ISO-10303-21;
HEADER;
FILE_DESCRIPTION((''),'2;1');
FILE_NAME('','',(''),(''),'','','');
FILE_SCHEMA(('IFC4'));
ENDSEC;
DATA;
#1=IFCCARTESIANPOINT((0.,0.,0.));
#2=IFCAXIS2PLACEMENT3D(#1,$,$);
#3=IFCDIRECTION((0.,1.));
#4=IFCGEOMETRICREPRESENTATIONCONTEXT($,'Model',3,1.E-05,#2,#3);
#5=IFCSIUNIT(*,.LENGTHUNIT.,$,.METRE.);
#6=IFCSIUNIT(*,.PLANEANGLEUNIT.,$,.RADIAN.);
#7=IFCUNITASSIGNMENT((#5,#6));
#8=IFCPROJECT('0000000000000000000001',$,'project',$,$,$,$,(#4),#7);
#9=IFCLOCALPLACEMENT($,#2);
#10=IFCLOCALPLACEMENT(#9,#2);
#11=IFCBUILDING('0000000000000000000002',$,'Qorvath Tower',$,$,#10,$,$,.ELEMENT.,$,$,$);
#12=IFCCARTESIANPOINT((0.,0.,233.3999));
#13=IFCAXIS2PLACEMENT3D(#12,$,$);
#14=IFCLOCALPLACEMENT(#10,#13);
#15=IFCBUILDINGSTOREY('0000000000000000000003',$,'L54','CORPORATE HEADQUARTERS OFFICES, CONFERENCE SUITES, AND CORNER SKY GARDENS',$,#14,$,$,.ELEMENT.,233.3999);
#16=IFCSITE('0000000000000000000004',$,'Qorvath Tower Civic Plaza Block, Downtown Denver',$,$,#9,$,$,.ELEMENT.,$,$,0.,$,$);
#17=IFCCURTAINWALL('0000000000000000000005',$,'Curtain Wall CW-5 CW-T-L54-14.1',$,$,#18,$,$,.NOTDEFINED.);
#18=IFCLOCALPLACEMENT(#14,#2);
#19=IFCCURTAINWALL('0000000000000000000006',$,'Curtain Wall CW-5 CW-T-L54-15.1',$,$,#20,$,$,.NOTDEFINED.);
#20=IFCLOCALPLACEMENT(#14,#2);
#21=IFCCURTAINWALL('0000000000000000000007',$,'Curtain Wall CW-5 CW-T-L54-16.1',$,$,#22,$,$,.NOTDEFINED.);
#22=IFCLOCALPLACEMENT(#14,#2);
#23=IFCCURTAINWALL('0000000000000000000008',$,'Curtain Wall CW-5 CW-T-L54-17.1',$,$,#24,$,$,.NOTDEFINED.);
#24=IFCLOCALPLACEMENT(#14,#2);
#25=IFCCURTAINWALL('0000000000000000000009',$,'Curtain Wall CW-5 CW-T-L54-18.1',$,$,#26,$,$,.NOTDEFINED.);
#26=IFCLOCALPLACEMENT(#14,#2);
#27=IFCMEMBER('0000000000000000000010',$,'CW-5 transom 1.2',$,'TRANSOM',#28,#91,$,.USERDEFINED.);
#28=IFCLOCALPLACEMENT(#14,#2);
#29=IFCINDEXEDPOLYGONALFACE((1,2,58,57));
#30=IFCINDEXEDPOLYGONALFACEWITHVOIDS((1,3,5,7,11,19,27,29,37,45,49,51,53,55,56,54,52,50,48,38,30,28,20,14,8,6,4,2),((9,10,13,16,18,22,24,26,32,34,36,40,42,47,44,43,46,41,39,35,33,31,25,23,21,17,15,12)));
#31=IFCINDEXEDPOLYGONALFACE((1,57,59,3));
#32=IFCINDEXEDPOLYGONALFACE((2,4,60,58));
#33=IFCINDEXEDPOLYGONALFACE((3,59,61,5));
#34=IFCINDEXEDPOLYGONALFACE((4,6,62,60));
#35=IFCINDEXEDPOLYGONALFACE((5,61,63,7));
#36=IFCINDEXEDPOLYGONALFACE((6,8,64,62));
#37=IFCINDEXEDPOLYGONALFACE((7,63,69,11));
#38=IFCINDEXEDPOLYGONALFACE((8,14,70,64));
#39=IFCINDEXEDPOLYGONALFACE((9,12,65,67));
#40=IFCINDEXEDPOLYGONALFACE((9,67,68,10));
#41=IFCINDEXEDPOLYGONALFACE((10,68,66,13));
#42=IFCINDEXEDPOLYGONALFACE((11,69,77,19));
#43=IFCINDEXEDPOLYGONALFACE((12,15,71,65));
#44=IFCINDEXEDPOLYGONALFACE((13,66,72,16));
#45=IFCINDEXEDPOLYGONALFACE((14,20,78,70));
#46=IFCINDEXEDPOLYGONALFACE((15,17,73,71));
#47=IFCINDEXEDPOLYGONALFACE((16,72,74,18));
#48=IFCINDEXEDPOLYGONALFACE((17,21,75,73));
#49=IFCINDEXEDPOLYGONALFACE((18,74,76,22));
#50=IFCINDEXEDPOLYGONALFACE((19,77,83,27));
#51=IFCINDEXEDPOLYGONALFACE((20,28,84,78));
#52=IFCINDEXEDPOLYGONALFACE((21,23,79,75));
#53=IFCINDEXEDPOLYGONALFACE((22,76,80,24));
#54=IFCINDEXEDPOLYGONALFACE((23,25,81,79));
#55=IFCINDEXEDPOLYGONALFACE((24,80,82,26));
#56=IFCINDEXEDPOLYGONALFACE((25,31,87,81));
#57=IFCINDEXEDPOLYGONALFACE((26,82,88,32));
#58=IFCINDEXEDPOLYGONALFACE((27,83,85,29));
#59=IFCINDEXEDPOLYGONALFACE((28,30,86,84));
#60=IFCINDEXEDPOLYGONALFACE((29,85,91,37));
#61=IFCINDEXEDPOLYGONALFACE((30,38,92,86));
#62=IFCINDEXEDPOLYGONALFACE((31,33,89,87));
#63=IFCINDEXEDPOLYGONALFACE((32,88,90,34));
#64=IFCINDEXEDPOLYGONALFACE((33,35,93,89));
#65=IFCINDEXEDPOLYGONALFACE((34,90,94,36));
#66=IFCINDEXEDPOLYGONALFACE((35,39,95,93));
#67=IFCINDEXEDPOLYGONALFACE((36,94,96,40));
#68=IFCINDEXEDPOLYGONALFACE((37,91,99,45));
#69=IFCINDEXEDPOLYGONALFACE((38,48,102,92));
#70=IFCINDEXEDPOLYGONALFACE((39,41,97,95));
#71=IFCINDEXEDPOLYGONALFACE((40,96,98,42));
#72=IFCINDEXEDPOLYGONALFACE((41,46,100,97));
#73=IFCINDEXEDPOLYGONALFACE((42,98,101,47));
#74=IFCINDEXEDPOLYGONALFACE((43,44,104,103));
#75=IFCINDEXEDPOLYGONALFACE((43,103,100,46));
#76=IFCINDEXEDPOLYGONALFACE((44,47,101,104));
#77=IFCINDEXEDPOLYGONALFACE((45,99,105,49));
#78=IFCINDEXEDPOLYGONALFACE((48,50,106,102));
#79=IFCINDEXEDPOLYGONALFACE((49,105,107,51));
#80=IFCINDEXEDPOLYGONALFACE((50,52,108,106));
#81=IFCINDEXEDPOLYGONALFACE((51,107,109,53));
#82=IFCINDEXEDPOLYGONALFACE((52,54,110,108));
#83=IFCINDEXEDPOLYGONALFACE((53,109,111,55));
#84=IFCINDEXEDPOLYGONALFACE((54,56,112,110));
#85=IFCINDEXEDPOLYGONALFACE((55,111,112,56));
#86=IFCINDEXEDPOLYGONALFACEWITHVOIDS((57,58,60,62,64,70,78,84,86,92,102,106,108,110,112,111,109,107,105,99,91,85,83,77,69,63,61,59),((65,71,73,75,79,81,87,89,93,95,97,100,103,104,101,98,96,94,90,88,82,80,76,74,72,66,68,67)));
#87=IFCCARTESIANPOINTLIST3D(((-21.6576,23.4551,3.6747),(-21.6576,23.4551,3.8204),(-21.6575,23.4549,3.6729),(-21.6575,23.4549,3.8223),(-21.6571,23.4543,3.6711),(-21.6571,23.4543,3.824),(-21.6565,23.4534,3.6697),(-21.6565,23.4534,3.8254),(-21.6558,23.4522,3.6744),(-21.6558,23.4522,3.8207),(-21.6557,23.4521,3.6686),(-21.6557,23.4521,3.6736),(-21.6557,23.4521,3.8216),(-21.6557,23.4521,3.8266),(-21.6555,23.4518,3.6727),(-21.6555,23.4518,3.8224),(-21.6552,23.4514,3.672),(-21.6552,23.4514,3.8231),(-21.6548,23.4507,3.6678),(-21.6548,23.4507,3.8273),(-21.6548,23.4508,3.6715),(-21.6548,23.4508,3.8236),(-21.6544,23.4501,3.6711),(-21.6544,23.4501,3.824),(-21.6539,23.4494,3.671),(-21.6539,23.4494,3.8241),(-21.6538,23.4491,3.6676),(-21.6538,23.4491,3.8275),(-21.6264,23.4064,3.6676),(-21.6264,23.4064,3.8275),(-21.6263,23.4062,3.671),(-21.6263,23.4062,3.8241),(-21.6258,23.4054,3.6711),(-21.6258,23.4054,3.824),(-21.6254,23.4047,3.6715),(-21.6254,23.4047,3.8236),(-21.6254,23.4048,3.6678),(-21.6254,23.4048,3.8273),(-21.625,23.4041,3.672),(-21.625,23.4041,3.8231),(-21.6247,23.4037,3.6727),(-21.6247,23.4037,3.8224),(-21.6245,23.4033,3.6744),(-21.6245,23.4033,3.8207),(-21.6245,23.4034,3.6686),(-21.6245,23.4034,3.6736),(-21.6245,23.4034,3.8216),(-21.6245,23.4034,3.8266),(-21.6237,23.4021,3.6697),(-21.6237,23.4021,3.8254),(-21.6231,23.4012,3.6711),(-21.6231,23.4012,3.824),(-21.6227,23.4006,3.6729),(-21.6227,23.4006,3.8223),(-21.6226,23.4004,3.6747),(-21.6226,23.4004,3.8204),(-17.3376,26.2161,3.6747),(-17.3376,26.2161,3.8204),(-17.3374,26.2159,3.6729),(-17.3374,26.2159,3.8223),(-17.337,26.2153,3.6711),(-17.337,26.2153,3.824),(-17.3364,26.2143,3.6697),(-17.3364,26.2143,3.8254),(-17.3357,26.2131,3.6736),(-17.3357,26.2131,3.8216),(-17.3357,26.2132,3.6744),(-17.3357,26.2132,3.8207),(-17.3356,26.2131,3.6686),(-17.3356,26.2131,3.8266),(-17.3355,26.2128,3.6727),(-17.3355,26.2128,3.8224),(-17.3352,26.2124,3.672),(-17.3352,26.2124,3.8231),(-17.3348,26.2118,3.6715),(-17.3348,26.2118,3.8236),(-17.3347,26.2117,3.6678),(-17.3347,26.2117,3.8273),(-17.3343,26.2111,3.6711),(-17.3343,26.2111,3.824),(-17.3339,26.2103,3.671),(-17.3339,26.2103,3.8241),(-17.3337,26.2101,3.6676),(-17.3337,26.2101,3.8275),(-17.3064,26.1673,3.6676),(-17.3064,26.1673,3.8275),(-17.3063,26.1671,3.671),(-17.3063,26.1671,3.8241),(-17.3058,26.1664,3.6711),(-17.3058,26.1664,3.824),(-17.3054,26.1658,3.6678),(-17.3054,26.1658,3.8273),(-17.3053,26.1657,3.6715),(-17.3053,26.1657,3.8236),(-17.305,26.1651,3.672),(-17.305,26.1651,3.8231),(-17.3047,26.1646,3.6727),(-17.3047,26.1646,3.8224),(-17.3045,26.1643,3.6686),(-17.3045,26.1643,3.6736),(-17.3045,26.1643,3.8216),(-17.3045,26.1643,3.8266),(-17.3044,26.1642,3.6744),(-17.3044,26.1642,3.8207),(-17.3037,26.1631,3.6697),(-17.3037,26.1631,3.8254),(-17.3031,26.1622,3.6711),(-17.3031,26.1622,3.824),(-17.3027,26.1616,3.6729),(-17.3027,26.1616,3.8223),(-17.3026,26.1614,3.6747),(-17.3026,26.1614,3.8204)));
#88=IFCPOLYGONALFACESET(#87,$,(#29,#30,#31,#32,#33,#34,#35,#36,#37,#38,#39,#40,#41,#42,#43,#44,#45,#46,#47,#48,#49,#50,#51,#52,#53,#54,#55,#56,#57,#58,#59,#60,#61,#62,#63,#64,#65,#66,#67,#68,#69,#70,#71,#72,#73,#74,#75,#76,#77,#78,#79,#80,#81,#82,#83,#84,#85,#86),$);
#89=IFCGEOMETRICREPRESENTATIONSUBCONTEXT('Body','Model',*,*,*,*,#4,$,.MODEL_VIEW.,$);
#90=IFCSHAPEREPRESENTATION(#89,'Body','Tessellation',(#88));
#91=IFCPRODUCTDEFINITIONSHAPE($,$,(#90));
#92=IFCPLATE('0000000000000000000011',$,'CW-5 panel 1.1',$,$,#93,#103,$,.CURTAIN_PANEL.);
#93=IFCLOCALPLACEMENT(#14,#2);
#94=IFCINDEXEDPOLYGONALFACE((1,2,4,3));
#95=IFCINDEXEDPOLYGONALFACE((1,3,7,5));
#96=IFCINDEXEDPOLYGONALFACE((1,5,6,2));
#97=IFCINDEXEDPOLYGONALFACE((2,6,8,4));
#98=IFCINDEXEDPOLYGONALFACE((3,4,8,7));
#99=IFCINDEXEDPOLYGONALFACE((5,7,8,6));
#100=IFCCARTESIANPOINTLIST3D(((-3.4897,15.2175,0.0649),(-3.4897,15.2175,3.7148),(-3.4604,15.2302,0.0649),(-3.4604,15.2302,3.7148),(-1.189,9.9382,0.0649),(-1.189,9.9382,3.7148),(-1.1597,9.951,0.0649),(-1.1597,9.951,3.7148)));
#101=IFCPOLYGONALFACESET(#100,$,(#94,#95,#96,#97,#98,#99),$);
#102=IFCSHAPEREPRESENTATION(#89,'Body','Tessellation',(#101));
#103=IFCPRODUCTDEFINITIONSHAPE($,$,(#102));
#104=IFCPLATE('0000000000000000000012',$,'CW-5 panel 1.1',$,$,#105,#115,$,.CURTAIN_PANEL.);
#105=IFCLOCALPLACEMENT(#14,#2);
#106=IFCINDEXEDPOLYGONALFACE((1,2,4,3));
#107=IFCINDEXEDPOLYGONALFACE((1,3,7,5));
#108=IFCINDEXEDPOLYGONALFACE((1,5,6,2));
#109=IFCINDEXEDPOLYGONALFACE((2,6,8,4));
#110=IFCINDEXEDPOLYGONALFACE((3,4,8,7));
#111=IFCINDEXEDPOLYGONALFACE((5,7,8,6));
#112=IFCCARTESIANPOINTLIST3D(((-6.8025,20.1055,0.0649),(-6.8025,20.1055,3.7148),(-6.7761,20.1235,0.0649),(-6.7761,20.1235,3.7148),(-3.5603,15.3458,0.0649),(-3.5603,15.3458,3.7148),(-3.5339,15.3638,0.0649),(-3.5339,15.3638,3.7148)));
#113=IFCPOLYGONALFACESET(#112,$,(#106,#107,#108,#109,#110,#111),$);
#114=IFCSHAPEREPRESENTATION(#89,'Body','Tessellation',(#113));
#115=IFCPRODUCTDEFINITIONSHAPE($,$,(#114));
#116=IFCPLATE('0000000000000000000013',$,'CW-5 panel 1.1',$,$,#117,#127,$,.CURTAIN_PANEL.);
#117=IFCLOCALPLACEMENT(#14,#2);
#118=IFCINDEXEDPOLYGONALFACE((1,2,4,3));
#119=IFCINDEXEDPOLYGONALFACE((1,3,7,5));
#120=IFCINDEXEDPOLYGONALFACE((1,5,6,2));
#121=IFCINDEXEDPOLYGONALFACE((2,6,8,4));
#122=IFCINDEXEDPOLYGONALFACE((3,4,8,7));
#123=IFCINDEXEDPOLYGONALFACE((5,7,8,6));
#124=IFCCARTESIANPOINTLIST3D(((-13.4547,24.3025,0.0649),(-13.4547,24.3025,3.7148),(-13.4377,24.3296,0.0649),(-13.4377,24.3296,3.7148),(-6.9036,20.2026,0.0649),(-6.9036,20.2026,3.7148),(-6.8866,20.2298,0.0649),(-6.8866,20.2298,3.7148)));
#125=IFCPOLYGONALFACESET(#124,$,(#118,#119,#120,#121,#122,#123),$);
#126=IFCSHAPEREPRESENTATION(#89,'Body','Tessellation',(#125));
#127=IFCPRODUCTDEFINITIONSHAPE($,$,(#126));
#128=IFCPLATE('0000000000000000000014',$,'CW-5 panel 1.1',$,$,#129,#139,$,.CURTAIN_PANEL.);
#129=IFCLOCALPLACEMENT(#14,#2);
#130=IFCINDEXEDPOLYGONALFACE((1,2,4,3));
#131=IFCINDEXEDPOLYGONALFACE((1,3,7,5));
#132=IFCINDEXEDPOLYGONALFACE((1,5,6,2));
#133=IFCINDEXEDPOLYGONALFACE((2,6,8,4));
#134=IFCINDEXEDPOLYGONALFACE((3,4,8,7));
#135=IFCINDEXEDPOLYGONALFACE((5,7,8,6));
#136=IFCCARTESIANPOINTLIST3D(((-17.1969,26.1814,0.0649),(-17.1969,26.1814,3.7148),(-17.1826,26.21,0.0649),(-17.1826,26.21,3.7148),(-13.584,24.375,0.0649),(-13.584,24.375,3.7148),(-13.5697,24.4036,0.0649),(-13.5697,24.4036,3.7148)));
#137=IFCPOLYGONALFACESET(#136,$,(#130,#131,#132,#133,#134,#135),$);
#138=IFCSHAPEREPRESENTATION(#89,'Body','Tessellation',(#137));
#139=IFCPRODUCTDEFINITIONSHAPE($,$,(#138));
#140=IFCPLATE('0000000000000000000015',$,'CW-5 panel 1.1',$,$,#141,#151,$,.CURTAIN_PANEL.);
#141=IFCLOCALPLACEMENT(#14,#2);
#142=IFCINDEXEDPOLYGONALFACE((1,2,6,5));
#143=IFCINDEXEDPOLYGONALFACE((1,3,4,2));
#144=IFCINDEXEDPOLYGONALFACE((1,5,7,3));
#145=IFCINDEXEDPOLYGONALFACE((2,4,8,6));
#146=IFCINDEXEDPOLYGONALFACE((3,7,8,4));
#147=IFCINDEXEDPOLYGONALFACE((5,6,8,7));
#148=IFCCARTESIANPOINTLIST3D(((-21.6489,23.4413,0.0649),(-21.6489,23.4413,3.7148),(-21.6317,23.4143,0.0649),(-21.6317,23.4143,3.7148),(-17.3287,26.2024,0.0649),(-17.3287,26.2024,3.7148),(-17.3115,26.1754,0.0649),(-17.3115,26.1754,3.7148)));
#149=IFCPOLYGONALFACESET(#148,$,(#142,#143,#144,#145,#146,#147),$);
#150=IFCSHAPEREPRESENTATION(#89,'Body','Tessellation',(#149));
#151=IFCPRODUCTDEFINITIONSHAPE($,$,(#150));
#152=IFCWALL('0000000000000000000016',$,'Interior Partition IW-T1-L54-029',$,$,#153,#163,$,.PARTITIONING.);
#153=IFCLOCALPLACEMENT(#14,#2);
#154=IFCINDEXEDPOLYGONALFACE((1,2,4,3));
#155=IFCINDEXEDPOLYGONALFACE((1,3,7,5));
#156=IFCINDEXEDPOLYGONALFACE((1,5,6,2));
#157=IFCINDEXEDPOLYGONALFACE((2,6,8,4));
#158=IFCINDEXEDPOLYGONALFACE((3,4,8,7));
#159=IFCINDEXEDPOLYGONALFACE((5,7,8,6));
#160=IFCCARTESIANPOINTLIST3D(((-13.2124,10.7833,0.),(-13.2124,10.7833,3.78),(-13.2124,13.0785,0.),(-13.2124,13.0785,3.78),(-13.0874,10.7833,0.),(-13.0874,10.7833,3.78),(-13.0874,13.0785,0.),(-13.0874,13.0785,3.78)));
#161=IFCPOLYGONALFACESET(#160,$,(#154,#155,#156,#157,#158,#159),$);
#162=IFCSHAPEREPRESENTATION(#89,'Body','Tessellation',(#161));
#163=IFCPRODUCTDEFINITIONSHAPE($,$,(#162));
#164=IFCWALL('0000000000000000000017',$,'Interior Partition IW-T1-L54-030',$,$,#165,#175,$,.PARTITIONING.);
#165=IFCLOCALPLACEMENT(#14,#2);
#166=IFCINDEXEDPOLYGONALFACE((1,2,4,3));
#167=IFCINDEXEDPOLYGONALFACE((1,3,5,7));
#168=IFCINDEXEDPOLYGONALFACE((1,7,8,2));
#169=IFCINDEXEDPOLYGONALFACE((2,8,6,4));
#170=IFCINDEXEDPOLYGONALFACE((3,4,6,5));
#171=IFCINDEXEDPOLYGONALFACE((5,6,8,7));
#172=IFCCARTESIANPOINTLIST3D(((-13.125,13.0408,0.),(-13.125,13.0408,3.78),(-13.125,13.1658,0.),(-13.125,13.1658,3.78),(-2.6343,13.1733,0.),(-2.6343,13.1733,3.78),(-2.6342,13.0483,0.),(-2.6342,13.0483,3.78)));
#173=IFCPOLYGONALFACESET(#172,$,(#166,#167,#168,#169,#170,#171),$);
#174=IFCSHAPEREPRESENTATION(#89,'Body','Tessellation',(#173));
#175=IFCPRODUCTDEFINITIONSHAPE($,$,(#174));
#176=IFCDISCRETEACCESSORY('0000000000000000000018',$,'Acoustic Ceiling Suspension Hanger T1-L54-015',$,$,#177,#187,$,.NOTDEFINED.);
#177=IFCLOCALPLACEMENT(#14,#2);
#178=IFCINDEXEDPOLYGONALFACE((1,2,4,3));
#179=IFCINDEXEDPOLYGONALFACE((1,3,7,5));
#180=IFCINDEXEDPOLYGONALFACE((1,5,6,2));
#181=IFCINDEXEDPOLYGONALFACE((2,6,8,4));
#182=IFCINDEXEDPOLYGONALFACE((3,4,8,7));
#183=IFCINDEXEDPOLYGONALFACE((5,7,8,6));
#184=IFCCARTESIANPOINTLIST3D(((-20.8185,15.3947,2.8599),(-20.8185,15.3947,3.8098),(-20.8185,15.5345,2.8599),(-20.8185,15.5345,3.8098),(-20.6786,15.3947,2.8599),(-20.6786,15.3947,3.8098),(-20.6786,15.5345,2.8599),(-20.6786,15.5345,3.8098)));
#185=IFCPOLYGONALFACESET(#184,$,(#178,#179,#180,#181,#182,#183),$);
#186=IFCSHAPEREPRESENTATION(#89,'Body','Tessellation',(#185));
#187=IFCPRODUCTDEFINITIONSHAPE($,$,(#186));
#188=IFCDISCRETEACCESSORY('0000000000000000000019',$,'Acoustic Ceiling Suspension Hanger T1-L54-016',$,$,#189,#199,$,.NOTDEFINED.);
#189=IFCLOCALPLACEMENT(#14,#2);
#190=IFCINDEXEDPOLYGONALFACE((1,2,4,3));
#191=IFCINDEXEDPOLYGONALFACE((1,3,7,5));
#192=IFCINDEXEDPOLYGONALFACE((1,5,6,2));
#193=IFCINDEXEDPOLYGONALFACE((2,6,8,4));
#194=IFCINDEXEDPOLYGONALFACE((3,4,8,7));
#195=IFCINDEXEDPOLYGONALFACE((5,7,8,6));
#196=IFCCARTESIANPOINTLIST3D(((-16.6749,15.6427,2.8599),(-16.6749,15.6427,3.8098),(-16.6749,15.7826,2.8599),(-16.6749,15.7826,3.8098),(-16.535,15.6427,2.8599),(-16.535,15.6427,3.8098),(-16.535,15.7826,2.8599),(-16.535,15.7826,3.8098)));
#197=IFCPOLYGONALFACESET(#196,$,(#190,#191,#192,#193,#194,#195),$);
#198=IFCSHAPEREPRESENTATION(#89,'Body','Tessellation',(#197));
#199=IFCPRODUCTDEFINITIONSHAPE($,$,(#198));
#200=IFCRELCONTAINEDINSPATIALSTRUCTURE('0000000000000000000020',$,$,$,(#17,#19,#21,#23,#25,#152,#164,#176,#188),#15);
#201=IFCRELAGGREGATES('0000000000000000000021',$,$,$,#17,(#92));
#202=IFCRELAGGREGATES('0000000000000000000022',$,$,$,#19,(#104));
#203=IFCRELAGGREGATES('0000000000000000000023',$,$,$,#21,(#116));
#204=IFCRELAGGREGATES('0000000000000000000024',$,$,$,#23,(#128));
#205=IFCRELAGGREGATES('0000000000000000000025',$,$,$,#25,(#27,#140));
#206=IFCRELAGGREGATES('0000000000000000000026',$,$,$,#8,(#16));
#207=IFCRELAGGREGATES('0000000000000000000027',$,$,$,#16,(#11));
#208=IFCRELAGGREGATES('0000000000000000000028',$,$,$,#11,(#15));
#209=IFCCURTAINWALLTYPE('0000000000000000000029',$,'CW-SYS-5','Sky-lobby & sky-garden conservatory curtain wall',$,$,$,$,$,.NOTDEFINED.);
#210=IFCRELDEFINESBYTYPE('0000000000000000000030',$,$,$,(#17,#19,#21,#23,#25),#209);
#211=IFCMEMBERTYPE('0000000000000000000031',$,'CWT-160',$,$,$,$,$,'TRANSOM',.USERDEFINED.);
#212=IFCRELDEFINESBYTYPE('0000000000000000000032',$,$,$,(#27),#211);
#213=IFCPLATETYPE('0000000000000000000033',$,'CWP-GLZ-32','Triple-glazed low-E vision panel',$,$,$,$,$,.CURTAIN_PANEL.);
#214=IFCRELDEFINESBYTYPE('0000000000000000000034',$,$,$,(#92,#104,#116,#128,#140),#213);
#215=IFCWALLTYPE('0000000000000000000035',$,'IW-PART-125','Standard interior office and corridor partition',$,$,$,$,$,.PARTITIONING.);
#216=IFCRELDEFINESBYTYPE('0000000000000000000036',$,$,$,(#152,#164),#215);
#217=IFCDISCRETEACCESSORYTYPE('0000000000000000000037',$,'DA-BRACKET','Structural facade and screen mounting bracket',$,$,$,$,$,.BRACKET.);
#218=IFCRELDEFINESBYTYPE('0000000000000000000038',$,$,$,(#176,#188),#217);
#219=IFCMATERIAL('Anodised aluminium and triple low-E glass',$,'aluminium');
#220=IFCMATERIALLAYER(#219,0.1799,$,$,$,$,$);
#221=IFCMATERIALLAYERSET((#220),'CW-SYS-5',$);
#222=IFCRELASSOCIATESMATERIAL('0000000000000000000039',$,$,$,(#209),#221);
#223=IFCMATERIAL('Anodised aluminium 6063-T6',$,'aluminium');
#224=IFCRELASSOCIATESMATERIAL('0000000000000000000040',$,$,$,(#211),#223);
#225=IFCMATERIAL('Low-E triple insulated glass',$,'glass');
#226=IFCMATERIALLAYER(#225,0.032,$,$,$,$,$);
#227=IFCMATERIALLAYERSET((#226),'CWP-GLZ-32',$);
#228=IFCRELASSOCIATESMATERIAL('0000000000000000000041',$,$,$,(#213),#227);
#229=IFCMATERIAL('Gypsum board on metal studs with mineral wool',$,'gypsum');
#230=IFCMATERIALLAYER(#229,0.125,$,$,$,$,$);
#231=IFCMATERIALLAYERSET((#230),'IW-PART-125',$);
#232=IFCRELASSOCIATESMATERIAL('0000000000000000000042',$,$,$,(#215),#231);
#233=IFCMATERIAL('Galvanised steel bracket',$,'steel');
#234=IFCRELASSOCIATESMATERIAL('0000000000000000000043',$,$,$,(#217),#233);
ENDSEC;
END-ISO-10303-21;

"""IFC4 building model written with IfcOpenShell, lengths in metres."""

from ifc_helpers import new_model, si_unit, direction, frame, frame_2d, origin, origin_2d, place, context, subcontext, project, spatial, rectangle, hollow_rectangle, extrude, material, layer, layer_set, material_profile, profile_set, type_object, element, aggregate, save


model = new_model("IFC4")

# Units and contexts
model_context = context("Model", 3, precision=1e-05, world=origin(), true_north=direction((0.0, 1.0)))
body_context = subcontext(model_context, "Body", "Model", "MODEL_VIEW")
ifc_project = project(units=[si_unit("LENGTHUNIT", "METRE"), si_unit("PLANEANGLEUNIT", "RADIAN")], contexts=[model_context])

# Site, building, storey
site_placement = place(None, origin())
site = spatial("IfcSite", under=ifc_project, at=site_placement, Name="Qorvath Tower Civic Plaza Block, Downtown Denver", CompositionType="ELEMENT", RefElevation=0.0)
building_placement = place(site_placement, origin())
building = spatial("IfcBuilding", under=site, at=building_placement, Name="Qorvath Tower", CompositionType="ELEMENT")
storey_placement = place(building_placement, frame((0.0, 0.0, 233.3999)))
storey = spatial("IfcBuildingStorey", under=building, at=storey_placement, Name="L54", Description="CORPORATE HEADQUARTERS OFFICES, CONFERENCE SUITES, AND CORNER SKY GARDENS", CompositionType="ELEMENT", Elevation=233.3999)

# Curtain wall
ifc_material_1 = material(Name="Anodised aluminium and triple low-E glass", Category="aluminium")
ifc_layer_1 = layer(ifc_material_1, 0.1799)
ifc_layer_set_1 = layer_set([ifc_layer_1], Name="CW-SYS-5")
curtain_wall_type = type_object("IfcCurtainWallType", Name="CW-SYS-5", Description="Sky-lobby & sky-garden conservatory curtain wall", PredefinedType="NOTDEFINED", material=ifc_layer_set_1)
curtain_wall_1_placement = place(storey_placement, origin())
curtain_wall_1 = element("IfcCurtainWall", 1, at=curtain_wall_1_placement, inside=storey, type_object=curtain_wall_type, Name="Curtain Wall CW-5 CW-T-L54-14.1", PredefinedType="NOTDEFINED")

# Curtain walls
curtain_wall_2_placement = place(storey_placement, origin())
curtain_wall_2 = element("IfcCurtainWall", 2, at=curtain_wall_2_placement, inside=storey, type_object=curtain_wall_type, Name="Curtain Wall CW-5 CW-T-L54-15.1", PredefinedType="NOTDEFINED")
curtain_wall_3_placement = place(storey_placement, origin())
curtain_wall_3 = element("IfcCurtainWall", 3, at=curtain_wall_3_placement, inside=storey, type_object=curtain_wall_type, Name="Curtain Wall CW-5 CW-T-L54-16.1", PredefinedType="NOTDEFINED")
curtain_wall_4_placement = place(storey_placement, origin())
curtain_wall_4 = element("IfcCurtainWall", 4, at=curtain_wall_4_placement, inside=storey, type_object=curtain_wall_type, Name="Curtain Wall CW-5 CW-T-L54-17.1", PredefinedType="NOTDEFINED")

# Curtain wall
curtain_wall_5_placement = place(storey_placement, origin())
curtain_wall_5 = element("IfcCurtainWall", 5, at=curtain_wall_5_placement, inside=storey, type_object=curtain_wall_type, Name="Curtain Wall CW-5 CW-T-L54-18.1", PredefinedType="NOTDEFINED")

# Member
ifc_material_2 = material(Name="Anodised aluminium 6063-T6", Category="aluminium")
ifc_material_profile_1 = material_profile(ifc_material_2, hollow_rectangle(XDim=0.0649, YDim=0.1599, WallThickness=0.0034, InnerFilletRadius=0.0034, OuterFilletRadius=0.0071, at=origin_2d()), Name="CWT 160x65")
ifc_profile_set_1 = profile_set([ifc_material_profile_1], Name="Anodised aluminium 6063-T6")
member_type_1 = type_object("IfcMemberType", Name="CWT-160", ElementType="TRANSOM", PredefinedType="USERDEFINED", material=ifc_profile_set_1)
member_1_placement = place(storey_placement, frame((-17.3201, 26.1887, 3.7476), z_axis=(-0.842613, -0.53852, 0.0), x_axis=(0.53852, -0.842613, 0.0)))
member_1 = element("IfcMember", 6, at=member_1_placement, type_object=member_type_1, Name="CW-5 transom 1.2", ObjectType="TRANSOM", PredefinedType="USERDEFINED", context=body_context, shape_type="SweptSolid", body=[
    extrude(hollow_rectangle(XDim=0.0649, YDim=0.1599, WallThickness=0.0034, InnerFilletRadius=0.0034, OuterFilletRadius=0.0071, at=origin_2d()), origin(), (0.0, 0.0, 1.0), 5.127),
])

# Plates
ifc_material_3 = material(Name="Low-E triple insulated glass", Category="glass")
ifc_layer_2 = layer(ifc_material_3, 0.032)
ifc_layer_set_2 = layer_set([ifc_layer_2], Name="CWP-GLZ-32")
plate_type = type_object("IfcPlateType", Name="CWP-GLZ-32", Description="Triple-glazed low-E vision panel", PredefinedType="CURTAIN_PANEL", material=ifc_layer_set_2)
plate_1_placement = place(storey_placement, frame((-2.3247, 12.5842, 0.0649), z_axis=(0.0, 0.0, 1.0), x_axis=(-0.399511, 0.916729, 0.0)))
plate_1 = element("IfcPlate", 7, at=plate_1_placement, type_object=plate_type, Name="CW-5 panel 1.1", PredefinedType="CURTAIN_PANEL", context=body_context, shape_type="SweptSolid", body=[
    extrude(rectangle(XDim=5.7588, YDim=0.032, at=origin_2d()), origin(), (0.0, 0.0, 1.0), 3.6499),
])
aggregate(curtain_wall_1, [plate_1])
plate_2_placement = place(storey_placement, frame((-5.1682, 17.7346, 0.0649), z_axis=(0.0, 0.0, 1.0), x_axis=(-0.562975, 0.826474, 0.0)))
plate_2 = element("IfcPlate", 8, at=plate_2_placement, type_object=plate_type, Name="CW-5 panel 1.1", PredefinedType="CURTAIN_PANEL", context=body_context, shape_type="SweptSolid", body=[
    extrude(rectangle(XDim=5.759, YDim=0.032, at=origin_2d()), origin(), (0.0, 0.0, 1.0), 3.6499),
])
aggregate(curtain_wall_2, [plate_2])
plate_3_placement = place(storey_placement, frame((-10.1707, 22.2661, 0.0649), z_axis=(0.0, 0.0, 1.0), x_axis=(-0.847687, 0.530497, 0.0)))
plate_3 = element("IfcPlate", 9, at=plate_3_placement, type_object=plate_type, Name="CW-5 panel 1.1", PredefinedType="CURTAIN_PANEL", context=body_context, shape_type="SweptSolid", body=[
    extrude(rectangle(XDim=7.7283, YDim=0.032, at=origin_2d()), origin(), (0.0, 0.0, 1.0), 3.6499),
])
aggregate(curtain_wall_3, [plate_3])
plate_4_placement = place(storey_placement, frame((-15.3833, 25.2925, 0.0649), z_axis=(0.0, 0.0, 1.0), x_axis=(-0.894427, 0.447214, 0.0)))
plate_4 = element("IfcPlate", 10, at=plate_4_placement, type_object=plate_type, Name="CW-5 panel 1.1", PredefinedType="CURTAIN_PANEL", context=body_context, shape_type="SweptSolid", body=[
    extrude(rectangle(XDim=4.0393, YDim=0.032, at=origin_2d()), origin(), (0.0, 0.0, 1.0), 3.6499),
])
aggregate(curtain_wall_4, [plate_4])
plate_5_placement = place(storey_placement, frame((-19.4802, 24.8083, 0.0649), z_axis=(0.0, 0.0, 1.0), x_axis=(-0.842607, -0.538528, 0.0)))
plate_5 = element("IfcPlate", 11, at=plate_5_placement, type_object=plate_type, Name="CW-5 panel 1.1", PredefinedType="CURTAIN_PANEL", context=body_context, shape_type="SweptSolid", body=[
    extrude(rectangle(XDim=5.1272, YDim=0.032, at=origin_2d()), origin(), (0.0, 0.0, 1.0), 3.6499),
])
aggregate(curtain_wall_5, [member_1, plate_5])

# Walls
ifc_material_4 = material(Name="Gypsum board on metal studs with mineral wool", Category="gypsum")
ifc_layer_3 = layer(ifc_material_4, 0.125)
ifc_layer_set_3 = layer_set([ifc_layer_3], Name="IW-PART-125")
wall_type = type_object("IfcWallType", Name="IW-PART-125", Description="Standard interior office and corridor partition", PredefinedType="PARTITIONING", material=ifc_layer_set_3)
wall_1_placement = place(storey_placement, frame((-13.1499, 13.0784, 0.0), z_axis=(0.0, 0.0, 1.0), x_axis=(0.0, -1.0, 0.0)))
element("IfcWall", 12, at=wall_1_placement, inside=storey, type_object=wall_type, Name="Interior Partition IW-T1-L54-029", PredefinedType="PARTITIONING", context=body_context, shape_type="SweptSolid", body=[
    extrude(rectangle(XDim=2.2952, YDim=0.125, at=frame_2d((1.1475, 0.0))), origin(), (0.0, 0.0, 1.0), 3.78),
])
wall_2_placement = place(storey_placement, frame((-13.125, 13.1033, 0.0), z_axis=(0.0, 0.0, 1.0), x_axis=(1.0, 0.000721, 0.0)))
element("IfcWall", 13, at=wall_2_placement, inside=storey, type_object=wall_type, Name="Interior Partition IW-T1-L54-030", PredefinedType="PARTITIONING", context=body_context, shape_type="SweptSolid", body=[
    extrude(rectangle(XDim=10.4907, YDim=0.125, at=frame_2d((5.2454, 0.0))), origin(), (0.0, 0.0, 1.0), 3.78),
])

# Discrete accessories
ifc_material_5 = material(Name="Galvanised steel bracket", Category="steel")
discrete_accessory_type = type_object("IfcDiscreteAccessoryType", Name="DA-BRACKET", Description="Structural facade and screen mounting bracket", PredefinedType="BRACKET", material=ifc_material_5)
for number, where, z_axis, x_axis, name in (
    (14, (-20.7485, 15.4646, 2.8599), (0.0, 0.0, 1.0), (1.0, 0.0, 0.0), "Acoustic Ceiling Suspension Hanger T1-L54-015"),
    (15, (-16.605, 15.7126, 2.8599), (0.0, 0.0, 1.0), (1.0, 0.0, 0.0), "Acoustic Ceiling Suspension Hanger T1-L54-016"),
):
    element("IfcDiscreteAccessory", number, at=place(storey_placement, frame(where, z_axis=z_axis, x_axis=x_axis)), inside=storey, type_object=discrete_accessory_type, Name=name, PredefinedType="NOTDEFINED", context=body_context, shape_type="SweptSolid", body=[
        extrude(rectangle(XDim=0.1399, YDim=0.1399, at=origin_2d()), origin(), (0.0, 0.0, 1.0), 0.95),
    ])

save(model, "model.ifc")
